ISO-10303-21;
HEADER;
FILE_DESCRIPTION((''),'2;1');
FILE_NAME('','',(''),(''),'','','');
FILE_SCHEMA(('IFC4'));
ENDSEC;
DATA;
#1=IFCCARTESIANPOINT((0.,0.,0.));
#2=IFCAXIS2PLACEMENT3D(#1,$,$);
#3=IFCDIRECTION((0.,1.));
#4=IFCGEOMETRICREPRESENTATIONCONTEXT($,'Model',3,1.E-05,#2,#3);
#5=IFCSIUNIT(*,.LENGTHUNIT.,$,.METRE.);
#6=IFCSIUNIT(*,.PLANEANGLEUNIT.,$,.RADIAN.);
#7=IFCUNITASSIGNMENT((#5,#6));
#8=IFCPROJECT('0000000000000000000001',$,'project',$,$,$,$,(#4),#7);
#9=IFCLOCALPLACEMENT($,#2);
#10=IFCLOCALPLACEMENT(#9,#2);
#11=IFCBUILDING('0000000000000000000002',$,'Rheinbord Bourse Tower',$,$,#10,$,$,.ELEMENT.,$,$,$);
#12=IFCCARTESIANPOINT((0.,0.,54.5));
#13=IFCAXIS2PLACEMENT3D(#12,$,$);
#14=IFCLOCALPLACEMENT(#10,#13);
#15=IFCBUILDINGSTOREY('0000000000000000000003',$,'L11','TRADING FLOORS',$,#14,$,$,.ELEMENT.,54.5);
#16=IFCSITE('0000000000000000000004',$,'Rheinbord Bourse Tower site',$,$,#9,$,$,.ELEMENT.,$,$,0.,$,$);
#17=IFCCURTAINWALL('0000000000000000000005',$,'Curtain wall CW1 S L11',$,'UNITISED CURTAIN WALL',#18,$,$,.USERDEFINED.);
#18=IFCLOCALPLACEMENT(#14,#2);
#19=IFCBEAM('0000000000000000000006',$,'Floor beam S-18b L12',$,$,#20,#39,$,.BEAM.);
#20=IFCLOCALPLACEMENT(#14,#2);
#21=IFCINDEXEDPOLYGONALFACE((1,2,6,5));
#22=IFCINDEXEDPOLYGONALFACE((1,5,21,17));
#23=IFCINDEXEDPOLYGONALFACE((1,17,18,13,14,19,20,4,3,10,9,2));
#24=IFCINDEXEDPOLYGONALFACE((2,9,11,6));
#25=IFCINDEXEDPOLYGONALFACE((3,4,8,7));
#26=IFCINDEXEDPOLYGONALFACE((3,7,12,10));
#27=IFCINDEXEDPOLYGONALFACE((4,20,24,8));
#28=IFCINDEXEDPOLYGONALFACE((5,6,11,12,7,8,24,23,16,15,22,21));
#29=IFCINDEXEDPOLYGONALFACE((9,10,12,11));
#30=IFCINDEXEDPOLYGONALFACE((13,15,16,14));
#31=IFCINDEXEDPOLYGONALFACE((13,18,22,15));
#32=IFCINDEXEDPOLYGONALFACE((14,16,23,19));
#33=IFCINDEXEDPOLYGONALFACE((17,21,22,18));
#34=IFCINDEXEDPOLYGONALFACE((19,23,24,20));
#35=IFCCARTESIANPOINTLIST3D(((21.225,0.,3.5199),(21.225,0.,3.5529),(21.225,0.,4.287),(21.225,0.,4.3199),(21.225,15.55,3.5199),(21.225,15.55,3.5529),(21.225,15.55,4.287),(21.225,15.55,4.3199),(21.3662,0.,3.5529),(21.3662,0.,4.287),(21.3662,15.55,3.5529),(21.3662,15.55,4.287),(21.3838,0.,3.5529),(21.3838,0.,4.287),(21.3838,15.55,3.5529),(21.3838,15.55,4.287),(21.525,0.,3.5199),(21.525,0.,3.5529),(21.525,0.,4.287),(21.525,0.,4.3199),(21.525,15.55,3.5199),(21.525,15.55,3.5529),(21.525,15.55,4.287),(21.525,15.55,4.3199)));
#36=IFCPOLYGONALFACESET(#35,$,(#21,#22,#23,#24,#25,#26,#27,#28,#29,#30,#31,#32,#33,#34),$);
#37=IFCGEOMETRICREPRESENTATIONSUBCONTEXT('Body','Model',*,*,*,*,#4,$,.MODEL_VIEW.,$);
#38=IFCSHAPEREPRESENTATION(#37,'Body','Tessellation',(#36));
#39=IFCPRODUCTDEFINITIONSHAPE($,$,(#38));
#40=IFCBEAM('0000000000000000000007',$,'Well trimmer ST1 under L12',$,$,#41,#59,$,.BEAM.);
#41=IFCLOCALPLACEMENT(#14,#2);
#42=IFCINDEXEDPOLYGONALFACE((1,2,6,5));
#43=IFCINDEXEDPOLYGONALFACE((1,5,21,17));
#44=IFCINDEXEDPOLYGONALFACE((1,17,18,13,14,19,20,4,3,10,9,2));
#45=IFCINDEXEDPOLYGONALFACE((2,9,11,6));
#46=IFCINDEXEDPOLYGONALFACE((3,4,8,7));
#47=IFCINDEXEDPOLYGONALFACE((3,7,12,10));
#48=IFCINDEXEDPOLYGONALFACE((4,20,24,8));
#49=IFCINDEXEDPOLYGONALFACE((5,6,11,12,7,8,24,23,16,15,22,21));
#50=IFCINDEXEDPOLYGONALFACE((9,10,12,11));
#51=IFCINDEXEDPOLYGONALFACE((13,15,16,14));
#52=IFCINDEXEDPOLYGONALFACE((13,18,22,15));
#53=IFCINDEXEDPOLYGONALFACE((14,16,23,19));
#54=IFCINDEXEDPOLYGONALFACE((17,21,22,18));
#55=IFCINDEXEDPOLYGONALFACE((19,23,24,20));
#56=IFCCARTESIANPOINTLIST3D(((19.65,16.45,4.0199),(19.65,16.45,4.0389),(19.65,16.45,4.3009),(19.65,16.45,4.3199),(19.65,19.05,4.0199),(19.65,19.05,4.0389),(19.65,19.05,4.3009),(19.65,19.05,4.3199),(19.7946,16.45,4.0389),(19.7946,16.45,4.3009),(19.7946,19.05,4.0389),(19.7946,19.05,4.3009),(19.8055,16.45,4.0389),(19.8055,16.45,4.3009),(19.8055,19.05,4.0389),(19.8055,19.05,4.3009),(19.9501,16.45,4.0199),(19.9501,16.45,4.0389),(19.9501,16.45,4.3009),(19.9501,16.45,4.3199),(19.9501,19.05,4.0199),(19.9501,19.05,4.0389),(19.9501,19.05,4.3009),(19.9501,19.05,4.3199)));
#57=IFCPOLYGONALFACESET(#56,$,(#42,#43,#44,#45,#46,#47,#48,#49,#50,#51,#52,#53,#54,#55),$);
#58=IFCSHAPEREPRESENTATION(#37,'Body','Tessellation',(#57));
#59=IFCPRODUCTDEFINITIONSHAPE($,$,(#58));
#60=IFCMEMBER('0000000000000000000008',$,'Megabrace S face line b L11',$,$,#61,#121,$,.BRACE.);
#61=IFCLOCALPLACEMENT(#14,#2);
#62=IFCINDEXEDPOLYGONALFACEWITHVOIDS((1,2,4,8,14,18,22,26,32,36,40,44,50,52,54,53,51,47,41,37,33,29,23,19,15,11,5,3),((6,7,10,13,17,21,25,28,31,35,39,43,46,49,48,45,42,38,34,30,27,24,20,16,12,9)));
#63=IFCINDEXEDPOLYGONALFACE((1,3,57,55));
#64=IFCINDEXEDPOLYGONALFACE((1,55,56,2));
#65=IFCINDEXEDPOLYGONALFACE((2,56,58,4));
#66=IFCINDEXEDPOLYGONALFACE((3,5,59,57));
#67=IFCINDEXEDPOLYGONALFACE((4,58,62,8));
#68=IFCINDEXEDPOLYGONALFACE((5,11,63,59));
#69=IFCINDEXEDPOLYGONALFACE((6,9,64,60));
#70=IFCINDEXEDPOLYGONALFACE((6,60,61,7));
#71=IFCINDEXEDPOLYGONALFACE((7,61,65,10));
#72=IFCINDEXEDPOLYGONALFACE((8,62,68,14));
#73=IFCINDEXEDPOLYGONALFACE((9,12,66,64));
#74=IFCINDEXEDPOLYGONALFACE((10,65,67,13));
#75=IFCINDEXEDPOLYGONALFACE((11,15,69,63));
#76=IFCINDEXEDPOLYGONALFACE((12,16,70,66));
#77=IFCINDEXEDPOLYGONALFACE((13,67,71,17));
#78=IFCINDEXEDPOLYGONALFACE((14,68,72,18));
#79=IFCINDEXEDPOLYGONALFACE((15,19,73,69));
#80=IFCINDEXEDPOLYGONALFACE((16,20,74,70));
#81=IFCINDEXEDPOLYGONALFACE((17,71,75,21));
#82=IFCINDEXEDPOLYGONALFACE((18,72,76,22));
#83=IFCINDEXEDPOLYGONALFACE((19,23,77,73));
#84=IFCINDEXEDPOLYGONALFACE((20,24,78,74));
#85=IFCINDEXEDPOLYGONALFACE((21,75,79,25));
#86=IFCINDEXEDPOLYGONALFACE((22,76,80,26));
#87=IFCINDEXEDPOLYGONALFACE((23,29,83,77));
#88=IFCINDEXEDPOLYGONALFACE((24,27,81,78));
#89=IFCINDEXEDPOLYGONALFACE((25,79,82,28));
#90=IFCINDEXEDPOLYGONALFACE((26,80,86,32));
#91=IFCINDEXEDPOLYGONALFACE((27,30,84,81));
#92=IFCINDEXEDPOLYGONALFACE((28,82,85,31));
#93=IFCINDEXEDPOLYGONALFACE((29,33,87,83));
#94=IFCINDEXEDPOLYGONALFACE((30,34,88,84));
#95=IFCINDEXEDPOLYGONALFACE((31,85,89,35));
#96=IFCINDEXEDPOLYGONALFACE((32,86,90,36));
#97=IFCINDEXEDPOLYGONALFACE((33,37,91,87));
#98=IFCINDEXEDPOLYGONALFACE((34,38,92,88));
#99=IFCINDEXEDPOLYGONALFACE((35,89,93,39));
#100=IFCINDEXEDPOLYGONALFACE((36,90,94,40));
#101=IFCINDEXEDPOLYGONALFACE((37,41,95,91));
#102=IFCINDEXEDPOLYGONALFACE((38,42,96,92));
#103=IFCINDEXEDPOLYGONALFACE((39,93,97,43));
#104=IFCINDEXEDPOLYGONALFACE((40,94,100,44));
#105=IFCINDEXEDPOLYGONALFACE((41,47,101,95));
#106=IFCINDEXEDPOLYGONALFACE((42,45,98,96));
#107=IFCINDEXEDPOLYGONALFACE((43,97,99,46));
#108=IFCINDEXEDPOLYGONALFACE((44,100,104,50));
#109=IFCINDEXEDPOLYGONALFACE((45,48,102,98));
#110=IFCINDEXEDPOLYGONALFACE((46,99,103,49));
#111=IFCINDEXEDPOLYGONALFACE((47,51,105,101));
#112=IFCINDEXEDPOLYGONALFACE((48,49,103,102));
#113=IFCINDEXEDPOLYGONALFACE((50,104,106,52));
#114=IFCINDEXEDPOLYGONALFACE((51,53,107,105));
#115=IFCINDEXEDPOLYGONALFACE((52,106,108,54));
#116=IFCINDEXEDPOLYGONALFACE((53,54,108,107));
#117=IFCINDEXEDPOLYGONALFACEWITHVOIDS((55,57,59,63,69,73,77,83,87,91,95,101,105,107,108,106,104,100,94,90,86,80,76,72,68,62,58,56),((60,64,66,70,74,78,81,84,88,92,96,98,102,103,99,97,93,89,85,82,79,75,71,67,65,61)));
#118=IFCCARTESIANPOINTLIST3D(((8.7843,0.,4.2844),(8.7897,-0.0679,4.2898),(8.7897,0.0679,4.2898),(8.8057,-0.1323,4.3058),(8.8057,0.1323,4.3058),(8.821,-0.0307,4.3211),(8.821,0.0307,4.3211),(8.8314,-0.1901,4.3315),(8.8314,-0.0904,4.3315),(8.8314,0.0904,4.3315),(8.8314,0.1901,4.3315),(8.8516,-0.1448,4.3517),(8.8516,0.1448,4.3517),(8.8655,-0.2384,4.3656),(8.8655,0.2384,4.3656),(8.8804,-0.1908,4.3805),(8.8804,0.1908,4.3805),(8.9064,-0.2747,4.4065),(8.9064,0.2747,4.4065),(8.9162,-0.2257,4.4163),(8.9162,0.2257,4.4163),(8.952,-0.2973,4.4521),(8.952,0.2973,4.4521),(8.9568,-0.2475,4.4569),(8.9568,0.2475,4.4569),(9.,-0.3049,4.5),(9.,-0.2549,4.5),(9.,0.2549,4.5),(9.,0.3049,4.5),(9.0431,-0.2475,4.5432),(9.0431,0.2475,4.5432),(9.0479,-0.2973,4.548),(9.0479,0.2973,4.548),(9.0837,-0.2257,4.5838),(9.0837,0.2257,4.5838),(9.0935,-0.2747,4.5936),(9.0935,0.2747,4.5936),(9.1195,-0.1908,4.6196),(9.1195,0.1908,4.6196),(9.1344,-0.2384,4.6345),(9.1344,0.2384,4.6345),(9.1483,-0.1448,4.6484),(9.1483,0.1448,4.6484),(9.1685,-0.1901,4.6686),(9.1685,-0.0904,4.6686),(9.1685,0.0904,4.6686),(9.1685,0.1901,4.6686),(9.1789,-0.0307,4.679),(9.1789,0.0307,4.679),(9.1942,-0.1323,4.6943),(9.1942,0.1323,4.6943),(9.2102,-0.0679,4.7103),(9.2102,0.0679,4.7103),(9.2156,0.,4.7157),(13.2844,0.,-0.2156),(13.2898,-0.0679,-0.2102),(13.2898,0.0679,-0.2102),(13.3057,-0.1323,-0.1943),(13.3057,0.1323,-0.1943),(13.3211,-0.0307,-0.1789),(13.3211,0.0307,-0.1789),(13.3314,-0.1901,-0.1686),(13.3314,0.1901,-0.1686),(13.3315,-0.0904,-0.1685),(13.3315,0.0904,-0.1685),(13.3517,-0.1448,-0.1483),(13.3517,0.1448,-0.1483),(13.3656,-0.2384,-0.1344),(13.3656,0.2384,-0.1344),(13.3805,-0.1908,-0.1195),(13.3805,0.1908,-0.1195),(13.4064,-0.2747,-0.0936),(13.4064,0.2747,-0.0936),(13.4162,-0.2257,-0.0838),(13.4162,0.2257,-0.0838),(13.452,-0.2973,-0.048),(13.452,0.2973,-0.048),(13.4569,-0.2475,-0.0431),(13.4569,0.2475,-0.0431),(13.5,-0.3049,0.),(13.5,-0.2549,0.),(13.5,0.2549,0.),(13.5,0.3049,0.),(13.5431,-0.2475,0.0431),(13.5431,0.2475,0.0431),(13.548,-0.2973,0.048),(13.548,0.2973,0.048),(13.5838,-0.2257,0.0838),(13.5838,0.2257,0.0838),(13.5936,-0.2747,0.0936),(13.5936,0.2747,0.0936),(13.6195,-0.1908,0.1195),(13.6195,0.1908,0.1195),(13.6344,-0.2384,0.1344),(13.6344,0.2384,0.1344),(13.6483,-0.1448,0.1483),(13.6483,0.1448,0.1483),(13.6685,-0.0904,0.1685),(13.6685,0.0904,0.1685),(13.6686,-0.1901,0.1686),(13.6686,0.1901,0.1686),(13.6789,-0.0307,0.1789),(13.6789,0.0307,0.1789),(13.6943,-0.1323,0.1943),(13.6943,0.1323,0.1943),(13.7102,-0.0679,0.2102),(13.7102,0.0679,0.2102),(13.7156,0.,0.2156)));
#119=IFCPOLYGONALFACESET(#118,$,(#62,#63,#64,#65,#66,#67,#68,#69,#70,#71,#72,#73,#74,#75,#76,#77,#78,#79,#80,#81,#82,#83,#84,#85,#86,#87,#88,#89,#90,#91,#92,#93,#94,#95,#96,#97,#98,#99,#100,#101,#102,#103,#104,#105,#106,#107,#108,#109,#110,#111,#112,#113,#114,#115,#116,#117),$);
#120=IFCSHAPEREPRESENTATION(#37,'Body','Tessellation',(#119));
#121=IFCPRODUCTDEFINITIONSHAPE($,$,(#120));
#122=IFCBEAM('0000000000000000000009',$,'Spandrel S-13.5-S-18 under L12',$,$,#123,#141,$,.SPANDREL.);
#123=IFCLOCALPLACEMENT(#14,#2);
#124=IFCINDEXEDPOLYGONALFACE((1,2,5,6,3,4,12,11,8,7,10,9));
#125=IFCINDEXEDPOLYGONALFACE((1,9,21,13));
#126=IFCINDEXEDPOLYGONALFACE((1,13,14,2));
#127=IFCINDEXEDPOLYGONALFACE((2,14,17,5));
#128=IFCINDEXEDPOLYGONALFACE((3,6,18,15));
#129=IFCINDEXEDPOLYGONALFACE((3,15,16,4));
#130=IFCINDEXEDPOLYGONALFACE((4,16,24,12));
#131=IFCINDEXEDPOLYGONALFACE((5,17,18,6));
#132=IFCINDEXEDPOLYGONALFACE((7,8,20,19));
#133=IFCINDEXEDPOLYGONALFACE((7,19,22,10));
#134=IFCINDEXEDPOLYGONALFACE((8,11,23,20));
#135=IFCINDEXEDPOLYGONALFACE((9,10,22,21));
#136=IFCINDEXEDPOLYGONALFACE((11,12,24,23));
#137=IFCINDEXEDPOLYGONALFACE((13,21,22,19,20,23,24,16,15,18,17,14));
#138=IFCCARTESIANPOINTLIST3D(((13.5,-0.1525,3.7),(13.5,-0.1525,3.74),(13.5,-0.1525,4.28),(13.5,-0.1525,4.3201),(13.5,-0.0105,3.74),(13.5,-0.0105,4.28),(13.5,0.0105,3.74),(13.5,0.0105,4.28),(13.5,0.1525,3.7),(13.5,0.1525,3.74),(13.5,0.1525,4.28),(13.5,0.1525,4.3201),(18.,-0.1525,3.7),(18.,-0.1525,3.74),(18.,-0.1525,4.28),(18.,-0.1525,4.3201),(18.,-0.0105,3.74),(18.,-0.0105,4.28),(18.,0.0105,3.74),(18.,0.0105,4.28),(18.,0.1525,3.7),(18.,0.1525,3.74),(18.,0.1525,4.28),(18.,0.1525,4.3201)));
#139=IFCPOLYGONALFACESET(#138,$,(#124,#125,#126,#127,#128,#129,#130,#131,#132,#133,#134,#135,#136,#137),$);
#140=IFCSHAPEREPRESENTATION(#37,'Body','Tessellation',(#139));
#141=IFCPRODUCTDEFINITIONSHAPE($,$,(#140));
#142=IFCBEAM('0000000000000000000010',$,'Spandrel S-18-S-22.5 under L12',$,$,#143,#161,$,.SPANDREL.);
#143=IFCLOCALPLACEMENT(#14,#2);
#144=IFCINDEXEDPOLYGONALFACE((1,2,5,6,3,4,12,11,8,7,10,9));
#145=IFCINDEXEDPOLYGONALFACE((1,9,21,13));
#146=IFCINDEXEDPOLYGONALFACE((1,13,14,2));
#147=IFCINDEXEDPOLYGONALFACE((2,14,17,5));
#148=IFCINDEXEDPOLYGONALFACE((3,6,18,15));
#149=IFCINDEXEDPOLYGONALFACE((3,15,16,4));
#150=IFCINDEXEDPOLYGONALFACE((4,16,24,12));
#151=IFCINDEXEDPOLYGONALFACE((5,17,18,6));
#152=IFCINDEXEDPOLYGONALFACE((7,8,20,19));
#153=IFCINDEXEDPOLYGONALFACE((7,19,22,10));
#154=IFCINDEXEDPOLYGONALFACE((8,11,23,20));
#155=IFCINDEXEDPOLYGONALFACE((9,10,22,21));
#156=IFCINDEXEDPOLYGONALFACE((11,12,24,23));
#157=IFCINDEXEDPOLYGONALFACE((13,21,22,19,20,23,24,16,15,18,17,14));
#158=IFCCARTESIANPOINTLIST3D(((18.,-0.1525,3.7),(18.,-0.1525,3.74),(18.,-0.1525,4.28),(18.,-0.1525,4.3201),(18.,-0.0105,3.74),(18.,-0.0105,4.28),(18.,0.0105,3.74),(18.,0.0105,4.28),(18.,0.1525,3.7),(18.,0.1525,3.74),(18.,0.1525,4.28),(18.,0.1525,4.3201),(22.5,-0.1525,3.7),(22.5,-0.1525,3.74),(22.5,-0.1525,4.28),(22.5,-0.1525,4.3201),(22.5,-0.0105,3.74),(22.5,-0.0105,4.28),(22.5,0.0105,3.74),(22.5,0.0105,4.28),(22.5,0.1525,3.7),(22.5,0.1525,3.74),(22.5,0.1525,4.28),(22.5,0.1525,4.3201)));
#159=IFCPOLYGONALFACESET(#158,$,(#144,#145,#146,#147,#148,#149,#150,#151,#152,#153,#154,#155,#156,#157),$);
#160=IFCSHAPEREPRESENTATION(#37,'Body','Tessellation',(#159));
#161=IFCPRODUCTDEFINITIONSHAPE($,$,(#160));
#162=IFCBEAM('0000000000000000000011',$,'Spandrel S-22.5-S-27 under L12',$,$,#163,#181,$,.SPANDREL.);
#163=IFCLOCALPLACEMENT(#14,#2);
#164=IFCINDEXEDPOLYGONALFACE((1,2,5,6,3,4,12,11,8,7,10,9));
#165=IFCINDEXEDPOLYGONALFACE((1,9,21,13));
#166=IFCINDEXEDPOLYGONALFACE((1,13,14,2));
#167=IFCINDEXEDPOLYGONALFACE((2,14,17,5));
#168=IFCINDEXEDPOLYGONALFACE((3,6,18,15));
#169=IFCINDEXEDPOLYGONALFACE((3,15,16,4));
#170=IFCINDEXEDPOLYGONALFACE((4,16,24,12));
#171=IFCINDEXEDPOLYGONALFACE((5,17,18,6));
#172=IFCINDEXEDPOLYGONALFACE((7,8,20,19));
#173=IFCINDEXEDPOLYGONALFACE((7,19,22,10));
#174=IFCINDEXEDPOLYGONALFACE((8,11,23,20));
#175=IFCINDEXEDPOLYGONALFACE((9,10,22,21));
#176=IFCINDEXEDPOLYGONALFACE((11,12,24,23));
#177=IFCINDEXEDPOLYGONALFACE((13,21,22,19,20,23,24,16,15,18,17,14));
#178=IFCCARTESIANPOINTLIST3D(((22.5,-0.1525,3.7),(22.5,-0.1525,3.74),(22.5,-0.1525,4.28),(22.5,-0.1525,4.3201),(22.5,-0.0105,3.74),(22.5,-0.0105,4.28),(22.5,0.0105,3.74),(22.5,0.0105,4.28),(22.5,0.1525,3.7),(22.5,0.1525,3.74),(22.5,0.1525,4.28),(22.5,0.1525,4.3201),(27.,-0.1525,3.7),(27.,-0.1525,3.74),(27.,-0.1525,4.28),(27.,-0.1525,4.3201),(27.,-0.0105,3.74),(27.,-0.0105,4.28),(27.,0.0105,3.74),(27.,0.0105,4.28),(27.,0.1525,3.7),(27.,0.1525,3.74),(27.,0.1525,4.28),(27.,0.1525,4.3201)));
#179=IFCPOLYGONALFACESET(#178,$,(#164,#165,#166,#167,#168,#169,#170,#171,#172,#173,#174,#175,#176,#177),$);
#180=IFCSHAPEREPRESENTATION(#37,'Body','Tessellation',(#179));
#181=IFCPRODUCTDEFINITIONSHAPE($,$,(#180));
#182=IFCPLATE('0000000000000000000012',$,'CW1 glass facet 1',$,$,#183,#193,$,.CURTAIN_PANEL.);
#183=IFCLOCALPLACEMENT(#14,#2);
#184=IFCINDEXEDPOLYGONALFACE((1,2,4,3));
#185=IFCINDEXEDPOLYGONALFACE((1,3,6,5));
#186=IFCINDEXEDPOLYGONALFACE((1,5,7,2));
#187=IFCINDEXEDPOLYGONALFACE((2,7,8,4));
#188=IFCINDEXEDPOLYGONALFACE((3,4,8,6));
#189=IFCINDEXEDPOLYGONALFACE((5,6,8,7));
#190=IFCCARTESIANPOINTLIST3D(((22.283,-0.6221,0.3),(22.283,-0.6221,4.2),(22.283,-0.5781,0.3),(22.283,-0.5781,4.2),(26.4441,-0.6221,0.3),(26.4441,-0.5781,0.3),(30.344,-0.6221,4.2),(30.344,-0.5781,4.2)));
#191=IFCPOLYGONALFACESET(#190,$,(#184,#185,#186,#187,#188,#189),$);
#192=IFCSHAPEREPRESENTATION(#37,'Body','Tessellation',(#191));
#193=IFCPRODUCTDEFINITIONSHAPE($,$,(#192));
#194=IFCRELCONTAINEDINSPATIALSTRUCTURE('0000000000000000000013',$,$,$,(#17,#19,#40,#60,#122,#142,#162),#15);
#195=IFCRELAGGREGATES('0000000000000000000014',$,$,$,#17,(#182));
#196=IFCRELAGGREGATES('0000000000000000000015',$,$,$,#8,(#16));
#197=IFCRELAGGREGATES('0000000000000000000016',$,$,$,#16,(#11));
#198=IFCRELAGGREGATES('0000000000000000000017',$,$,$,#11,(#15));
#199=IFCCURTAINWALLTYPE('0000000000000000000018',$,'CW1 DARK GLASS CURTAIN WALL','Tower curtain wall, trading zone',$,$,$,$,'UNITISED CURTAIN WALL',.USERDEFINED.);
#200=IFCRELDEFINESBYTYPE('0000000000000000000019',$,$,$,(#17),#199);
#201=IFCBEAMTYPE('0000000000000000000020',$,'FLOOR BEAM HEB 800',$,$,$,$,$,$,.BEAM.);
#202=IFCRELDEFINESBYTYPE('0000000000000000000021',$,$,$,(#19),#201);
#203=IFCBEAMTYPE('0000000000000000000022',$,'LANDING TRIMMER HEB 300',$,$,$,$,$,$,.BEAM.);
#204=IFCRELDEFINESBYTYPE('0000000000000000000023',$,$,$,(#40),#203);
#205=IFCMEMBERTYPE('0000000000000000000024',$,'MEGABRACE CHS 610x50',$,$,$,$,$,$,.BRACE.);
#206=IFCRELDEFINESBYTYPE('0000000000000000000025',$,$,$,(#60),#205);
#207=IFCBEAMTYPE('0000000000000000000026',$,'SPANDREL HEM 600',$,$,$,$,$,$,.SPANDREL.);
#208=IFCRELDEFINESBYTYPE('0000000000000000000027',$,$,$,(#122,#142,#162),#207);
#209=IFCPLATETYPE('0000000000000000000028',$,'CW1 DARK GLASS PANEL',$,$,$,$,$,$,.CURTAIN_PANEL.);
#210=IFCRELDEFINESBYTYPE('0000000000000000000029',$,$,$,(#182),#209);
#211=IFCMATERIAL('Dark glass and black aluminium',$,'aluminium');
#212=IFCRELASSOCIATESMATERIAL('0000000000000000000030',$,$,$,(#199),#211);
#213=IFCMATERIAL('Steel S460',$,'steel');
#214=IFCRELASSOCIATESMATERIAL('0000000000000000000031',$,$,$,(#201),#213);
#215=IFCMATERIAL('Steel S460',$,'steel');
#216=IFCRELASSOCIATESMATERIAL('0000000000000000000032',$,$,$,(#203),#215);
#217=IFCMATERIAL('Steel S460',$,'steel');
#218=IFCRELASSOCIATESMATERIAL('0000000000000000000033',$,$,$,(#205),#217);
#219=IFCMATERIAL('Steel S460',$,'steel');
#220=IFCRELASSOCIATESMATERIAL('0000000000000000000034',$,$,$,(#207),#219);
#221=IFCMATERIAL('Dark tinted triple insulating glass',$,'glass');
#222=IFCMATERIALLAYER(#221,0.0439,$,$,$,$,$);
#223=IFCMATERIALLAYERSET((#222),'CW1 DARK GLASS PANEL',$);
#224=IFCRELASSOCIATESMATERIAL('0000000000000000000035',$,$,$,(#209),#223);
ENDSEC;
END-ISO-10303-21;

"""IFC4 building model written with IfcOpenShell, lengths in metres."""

from ifc_helpers import new_model, si_unit, direction, frame, origin, origin_2d, place, context, subcontext, project, spatial, polyline, hollow_circle, i_section, outline, extrude, material, layer, layer_set, material_profile, profile_set, type_object, element, aggregate, save


model = new_model("IFC4")

# Units and contexts
model_context = context("Model", 3, precision=1e-05, world=origin(), true_north=direction((0.0, 1.0)))
body_context = subcontext(model_context, "Body", "Model", "MODEL_VIEW")
ifc_project = project(units=[si_unit("LENGTHUNIT", "METRE"), si_unit("PLANEANGLEUNIT", "RADIAN")], contexts=[model_context])

# Site, building, storey
site_placement = place(None, origin())
site = spatial("IfcSite", under=ifc_project, at=site_placement, Name="Rheinbord Bourse Tower site", CompositionType="ELEMENT", RefElevation=0.0)
building_placement = place(site_placement, origin())
building = spatial("IfcBuilding", under=site, at=building_placement, Name="Rheinbord Bourse Tower", CompositionType="ELEMENT")
storey_placement = place(building_placement, frame((0.0, 0.0, 54.5)))
storey = spatial("IfcBuildingStorey", under=building, at=storey_placement, Name="L11", Description="TRADING FLOORS", CompositionType="ELEMENT", Elevation=54.5)

# Curtain wall
ifc_material_1 = material(Name="Dark glass and black aluminium", Category="aluminium")
curtain_wall_type = type_object("IfcCurtainWallType", Name="CW1 DARK GLASS CURTAIN WALL", Description="Tower curtain wall, trading zone", ElementType="UNITISED CURTAIN WALL", PredefinedType="USERDEFINED", material=ifc_material_1)
curtain_wall_placement = place(storey_placement, origin())
curtain_wall = element("IfcCurtainWall", 1, at=curtain_wall_placement, inside=storey, type_object=curtain_wall_type, Name="Curtain wall CW1 S L11", ObjectType="UNITISED CURTAIN WALL", PredefinedType="USERDEFINED")

# Beams
ifc_material_2 = material(Name="Steel S460", Category="steel")
ifc_material_profile_1 = material_profile(ifc_material_2, i_section(OverallWidth=0.3, OverallDepth=0.8, WebThickness=0.0176, FlangeThickness=0.033, at=origin_2d()), Name="HEB 800")
ifc_profile_set_1 = profile_set([ifc_material_profile_1], Name="Steel S460")
beam_type_1 = type_object("IfcBeamType", Name="FLOOR BEAM HEB 800", PredefinedType="BEAM", material=ifc_profile_set_1)
for number, where, z_axis, x_axis, name in (
    (2, (21.375, 0.0, 3.9199), (0.0, 1.0, 0.0), (-1.0, 0.0, 0.0), "Floor beam S-18b L12"),
):
    element("IfcBeam", number, at=place(storey_placement, frame(where, z_axis=z_axis, x_axis=x_axis)), inside=storey, type_object=beam_type_1, Name=name, PredefinedType="BEAM", context=body_context, shape_type="SweptSolid", body=[
        extrude(i_section(OverallWidth=0.3, OverallDepth=0.8, WebThickness=0.0176, FlangeThickness=0.033, at=origin_2d()), origin(), (0.0, 0.0, 1.0), 15.55),
    ])
ifc_material_3 = material(Name="Steel S460", Category="steel")
ifc_material_profile_2 = material_profile(ifc_material_3, i_section(OverallWidth=0.3, OverallDepth=0.3, WebThickness=0.011, FlangeThickness=0.019, at=origin_2d()), Name="HEB 300")
ifc_profile_set_2 = profile_set([ifc_material_profile_2], Name="Steel S460")
beam_type_2 = type_object("IfcBeamType", Name="LANDING TRIMMER HEB 300", PredefinedType="BEAM", material=ifc_profile_set_2)
beam_placement = place(storey_placement, frame((19.8, 16.45, 4.1699), z_axis=(0.0, 1.0, 0.0), x_axis=(-1.0, 0.0, 0.0)))
element("IfcBeam", 3, at=beam_placement, inside=storey, type_object=beam_type_2, Name="Well trimmer ST1 under L12", PredefinedType="BEAM", context=body_context, shape_type="SweptSolid", body=[
    extrude(i_section(OverallWidth=0.3, OverallDepth=0.3, WebThickness=0.011, FlangeThickness=0.019, at=origin_2d()), origin(), (0.0, 0.0, 1.0), 2.6001),
])

# Member
ifc_material_4 = material(Name="Steel S460", Category="steel")
ifc_material_profile_3 = material_profile(ifc_material_4, hollow_circle(Radius=0.3049, WallThickness=0.05, at=origin_2d()), Name="CHS 610x50")
ifc_profile_set_3 = profile_set([ifc_material_profile_3], Name="Steel S460")
member_type_1 = type_object("IfcMemberType", Name="MEGABRACE CHS 610x50", PredefinedType="BRACE", material=ifc_profile_set_3)
member_1_placement = place(storey_placement, frame((13.5, 0.0, 0.0), z_axis=(-0.707107, 0.0, 0.707107), x_axis=(0.0, -1.0, 0.0)))
element("IfcMember", 4, at=member_1_placement, inside=storey, type_object=member_type_1, Name="Megabrace S face line b L11", PredefinedType="BRACE", context=body_context, shape_type="SweptSolid", body=[
    extrude(hollow_circle(Radius=0.3049, WallThickness=0.05, at=origin_2d()), origin(), (0.0, 0.0, 1.0), 6.364),
])

# Beams
ifc_material_5 = material(Name="Steel S460", Category="steel")
ifc_material_profile_4 = material_profile(ifc_material_5, i_section(OverallWidth=0.3049, OverallDepth=0.6201, WebThickness=0.021, FlangeThickness=0.04, at=origin_2d()), Name="HEM 600")
ifc_profile_set_4 = profile_set([ifc_material_profile_4], Name="Steel S460")
beam_type_3 = type_object("IfcBeamType", Name="SPANDREL HEM 600", PredefinedType="SPANDREL", material=ifc_profile_set_4)
for number, where, z_axis, x_axis, name in (
    (5, (13.5, 0.0, 4.01), (1.0, 0.0, 0.0), (0.0, 1.0, 0.0), "Spandrel S-13.5-S-18 under L12"),
    (6, (18.0, 0.0, 4.01), (1.0, 0.0, 0.0), (0.0, 1.0, 0.0), "Spandrel S-18-S-22.5 under L12"),
    (7, (22.5, 0.0, 4.01), (1.0, 0.0, 0.0), (0.0, 1.0, 0.0), "Spandrel S-22.5-S-27 under L12"),
):
    element("IfcBeam", number, at=place(storey_placement, frame(where, z_axis=z_axis, x_axis=x_axis)), inside=storey, type_object=beam_type_3, Name=name, PredefinedType="SPANDREL", context=body_context, shape_type="SweptSolid", body=[
        extrude(i_section(OverallWidth=0.3049, OverallDepth=0.6201, WebThickness=0.021, FlangeThickness=0.04, at=origin_2d()), origin(), (0.0, 0.0, 1.0), 4.5),
    ])

# Plate
ifc_material_6 = material(Name="Dark tinted triple insulating glass", Category="glass")
ifc_layer_1 = layer(ifc_material_6, 0.0439)
ifc_layer_set_1 = layer_set([ifc_layer_1], Name="CW1 DARK GLASS PANEL")
plate_type = type_object("IfcPlateType", Name="CW1 DARK GLASS PANEL", PredefinedType="CURTAIN_PANEL", material=ifc_layer_set_1)
plate_placement = place(storey_placement, frame((22.283, -0.6221, 0.3), z_axis=(0.0, 1.0, 0.0), x_axis=(0.0, 0.0, 1.0)))
plate = element("IfcPlate", 8, at=plate_placement, type_object=plate_type, Name="CW1 glass facet 1", PredefinedType="CURTAIN_PANEL", context=body_context, shape_type="SweptSolid", body=[
    extrude(outline(polyline([(0.0, 0.0), (3.8999, 0.0), (3.8999, 8.061), (0.0, 4.1611), (0.0, 0.0)])), origin(), (0.0, 0.0, 1.0), 0.0439),
])
aggregate(curtain_wall, [plate])

save(model, "model.ifc")
